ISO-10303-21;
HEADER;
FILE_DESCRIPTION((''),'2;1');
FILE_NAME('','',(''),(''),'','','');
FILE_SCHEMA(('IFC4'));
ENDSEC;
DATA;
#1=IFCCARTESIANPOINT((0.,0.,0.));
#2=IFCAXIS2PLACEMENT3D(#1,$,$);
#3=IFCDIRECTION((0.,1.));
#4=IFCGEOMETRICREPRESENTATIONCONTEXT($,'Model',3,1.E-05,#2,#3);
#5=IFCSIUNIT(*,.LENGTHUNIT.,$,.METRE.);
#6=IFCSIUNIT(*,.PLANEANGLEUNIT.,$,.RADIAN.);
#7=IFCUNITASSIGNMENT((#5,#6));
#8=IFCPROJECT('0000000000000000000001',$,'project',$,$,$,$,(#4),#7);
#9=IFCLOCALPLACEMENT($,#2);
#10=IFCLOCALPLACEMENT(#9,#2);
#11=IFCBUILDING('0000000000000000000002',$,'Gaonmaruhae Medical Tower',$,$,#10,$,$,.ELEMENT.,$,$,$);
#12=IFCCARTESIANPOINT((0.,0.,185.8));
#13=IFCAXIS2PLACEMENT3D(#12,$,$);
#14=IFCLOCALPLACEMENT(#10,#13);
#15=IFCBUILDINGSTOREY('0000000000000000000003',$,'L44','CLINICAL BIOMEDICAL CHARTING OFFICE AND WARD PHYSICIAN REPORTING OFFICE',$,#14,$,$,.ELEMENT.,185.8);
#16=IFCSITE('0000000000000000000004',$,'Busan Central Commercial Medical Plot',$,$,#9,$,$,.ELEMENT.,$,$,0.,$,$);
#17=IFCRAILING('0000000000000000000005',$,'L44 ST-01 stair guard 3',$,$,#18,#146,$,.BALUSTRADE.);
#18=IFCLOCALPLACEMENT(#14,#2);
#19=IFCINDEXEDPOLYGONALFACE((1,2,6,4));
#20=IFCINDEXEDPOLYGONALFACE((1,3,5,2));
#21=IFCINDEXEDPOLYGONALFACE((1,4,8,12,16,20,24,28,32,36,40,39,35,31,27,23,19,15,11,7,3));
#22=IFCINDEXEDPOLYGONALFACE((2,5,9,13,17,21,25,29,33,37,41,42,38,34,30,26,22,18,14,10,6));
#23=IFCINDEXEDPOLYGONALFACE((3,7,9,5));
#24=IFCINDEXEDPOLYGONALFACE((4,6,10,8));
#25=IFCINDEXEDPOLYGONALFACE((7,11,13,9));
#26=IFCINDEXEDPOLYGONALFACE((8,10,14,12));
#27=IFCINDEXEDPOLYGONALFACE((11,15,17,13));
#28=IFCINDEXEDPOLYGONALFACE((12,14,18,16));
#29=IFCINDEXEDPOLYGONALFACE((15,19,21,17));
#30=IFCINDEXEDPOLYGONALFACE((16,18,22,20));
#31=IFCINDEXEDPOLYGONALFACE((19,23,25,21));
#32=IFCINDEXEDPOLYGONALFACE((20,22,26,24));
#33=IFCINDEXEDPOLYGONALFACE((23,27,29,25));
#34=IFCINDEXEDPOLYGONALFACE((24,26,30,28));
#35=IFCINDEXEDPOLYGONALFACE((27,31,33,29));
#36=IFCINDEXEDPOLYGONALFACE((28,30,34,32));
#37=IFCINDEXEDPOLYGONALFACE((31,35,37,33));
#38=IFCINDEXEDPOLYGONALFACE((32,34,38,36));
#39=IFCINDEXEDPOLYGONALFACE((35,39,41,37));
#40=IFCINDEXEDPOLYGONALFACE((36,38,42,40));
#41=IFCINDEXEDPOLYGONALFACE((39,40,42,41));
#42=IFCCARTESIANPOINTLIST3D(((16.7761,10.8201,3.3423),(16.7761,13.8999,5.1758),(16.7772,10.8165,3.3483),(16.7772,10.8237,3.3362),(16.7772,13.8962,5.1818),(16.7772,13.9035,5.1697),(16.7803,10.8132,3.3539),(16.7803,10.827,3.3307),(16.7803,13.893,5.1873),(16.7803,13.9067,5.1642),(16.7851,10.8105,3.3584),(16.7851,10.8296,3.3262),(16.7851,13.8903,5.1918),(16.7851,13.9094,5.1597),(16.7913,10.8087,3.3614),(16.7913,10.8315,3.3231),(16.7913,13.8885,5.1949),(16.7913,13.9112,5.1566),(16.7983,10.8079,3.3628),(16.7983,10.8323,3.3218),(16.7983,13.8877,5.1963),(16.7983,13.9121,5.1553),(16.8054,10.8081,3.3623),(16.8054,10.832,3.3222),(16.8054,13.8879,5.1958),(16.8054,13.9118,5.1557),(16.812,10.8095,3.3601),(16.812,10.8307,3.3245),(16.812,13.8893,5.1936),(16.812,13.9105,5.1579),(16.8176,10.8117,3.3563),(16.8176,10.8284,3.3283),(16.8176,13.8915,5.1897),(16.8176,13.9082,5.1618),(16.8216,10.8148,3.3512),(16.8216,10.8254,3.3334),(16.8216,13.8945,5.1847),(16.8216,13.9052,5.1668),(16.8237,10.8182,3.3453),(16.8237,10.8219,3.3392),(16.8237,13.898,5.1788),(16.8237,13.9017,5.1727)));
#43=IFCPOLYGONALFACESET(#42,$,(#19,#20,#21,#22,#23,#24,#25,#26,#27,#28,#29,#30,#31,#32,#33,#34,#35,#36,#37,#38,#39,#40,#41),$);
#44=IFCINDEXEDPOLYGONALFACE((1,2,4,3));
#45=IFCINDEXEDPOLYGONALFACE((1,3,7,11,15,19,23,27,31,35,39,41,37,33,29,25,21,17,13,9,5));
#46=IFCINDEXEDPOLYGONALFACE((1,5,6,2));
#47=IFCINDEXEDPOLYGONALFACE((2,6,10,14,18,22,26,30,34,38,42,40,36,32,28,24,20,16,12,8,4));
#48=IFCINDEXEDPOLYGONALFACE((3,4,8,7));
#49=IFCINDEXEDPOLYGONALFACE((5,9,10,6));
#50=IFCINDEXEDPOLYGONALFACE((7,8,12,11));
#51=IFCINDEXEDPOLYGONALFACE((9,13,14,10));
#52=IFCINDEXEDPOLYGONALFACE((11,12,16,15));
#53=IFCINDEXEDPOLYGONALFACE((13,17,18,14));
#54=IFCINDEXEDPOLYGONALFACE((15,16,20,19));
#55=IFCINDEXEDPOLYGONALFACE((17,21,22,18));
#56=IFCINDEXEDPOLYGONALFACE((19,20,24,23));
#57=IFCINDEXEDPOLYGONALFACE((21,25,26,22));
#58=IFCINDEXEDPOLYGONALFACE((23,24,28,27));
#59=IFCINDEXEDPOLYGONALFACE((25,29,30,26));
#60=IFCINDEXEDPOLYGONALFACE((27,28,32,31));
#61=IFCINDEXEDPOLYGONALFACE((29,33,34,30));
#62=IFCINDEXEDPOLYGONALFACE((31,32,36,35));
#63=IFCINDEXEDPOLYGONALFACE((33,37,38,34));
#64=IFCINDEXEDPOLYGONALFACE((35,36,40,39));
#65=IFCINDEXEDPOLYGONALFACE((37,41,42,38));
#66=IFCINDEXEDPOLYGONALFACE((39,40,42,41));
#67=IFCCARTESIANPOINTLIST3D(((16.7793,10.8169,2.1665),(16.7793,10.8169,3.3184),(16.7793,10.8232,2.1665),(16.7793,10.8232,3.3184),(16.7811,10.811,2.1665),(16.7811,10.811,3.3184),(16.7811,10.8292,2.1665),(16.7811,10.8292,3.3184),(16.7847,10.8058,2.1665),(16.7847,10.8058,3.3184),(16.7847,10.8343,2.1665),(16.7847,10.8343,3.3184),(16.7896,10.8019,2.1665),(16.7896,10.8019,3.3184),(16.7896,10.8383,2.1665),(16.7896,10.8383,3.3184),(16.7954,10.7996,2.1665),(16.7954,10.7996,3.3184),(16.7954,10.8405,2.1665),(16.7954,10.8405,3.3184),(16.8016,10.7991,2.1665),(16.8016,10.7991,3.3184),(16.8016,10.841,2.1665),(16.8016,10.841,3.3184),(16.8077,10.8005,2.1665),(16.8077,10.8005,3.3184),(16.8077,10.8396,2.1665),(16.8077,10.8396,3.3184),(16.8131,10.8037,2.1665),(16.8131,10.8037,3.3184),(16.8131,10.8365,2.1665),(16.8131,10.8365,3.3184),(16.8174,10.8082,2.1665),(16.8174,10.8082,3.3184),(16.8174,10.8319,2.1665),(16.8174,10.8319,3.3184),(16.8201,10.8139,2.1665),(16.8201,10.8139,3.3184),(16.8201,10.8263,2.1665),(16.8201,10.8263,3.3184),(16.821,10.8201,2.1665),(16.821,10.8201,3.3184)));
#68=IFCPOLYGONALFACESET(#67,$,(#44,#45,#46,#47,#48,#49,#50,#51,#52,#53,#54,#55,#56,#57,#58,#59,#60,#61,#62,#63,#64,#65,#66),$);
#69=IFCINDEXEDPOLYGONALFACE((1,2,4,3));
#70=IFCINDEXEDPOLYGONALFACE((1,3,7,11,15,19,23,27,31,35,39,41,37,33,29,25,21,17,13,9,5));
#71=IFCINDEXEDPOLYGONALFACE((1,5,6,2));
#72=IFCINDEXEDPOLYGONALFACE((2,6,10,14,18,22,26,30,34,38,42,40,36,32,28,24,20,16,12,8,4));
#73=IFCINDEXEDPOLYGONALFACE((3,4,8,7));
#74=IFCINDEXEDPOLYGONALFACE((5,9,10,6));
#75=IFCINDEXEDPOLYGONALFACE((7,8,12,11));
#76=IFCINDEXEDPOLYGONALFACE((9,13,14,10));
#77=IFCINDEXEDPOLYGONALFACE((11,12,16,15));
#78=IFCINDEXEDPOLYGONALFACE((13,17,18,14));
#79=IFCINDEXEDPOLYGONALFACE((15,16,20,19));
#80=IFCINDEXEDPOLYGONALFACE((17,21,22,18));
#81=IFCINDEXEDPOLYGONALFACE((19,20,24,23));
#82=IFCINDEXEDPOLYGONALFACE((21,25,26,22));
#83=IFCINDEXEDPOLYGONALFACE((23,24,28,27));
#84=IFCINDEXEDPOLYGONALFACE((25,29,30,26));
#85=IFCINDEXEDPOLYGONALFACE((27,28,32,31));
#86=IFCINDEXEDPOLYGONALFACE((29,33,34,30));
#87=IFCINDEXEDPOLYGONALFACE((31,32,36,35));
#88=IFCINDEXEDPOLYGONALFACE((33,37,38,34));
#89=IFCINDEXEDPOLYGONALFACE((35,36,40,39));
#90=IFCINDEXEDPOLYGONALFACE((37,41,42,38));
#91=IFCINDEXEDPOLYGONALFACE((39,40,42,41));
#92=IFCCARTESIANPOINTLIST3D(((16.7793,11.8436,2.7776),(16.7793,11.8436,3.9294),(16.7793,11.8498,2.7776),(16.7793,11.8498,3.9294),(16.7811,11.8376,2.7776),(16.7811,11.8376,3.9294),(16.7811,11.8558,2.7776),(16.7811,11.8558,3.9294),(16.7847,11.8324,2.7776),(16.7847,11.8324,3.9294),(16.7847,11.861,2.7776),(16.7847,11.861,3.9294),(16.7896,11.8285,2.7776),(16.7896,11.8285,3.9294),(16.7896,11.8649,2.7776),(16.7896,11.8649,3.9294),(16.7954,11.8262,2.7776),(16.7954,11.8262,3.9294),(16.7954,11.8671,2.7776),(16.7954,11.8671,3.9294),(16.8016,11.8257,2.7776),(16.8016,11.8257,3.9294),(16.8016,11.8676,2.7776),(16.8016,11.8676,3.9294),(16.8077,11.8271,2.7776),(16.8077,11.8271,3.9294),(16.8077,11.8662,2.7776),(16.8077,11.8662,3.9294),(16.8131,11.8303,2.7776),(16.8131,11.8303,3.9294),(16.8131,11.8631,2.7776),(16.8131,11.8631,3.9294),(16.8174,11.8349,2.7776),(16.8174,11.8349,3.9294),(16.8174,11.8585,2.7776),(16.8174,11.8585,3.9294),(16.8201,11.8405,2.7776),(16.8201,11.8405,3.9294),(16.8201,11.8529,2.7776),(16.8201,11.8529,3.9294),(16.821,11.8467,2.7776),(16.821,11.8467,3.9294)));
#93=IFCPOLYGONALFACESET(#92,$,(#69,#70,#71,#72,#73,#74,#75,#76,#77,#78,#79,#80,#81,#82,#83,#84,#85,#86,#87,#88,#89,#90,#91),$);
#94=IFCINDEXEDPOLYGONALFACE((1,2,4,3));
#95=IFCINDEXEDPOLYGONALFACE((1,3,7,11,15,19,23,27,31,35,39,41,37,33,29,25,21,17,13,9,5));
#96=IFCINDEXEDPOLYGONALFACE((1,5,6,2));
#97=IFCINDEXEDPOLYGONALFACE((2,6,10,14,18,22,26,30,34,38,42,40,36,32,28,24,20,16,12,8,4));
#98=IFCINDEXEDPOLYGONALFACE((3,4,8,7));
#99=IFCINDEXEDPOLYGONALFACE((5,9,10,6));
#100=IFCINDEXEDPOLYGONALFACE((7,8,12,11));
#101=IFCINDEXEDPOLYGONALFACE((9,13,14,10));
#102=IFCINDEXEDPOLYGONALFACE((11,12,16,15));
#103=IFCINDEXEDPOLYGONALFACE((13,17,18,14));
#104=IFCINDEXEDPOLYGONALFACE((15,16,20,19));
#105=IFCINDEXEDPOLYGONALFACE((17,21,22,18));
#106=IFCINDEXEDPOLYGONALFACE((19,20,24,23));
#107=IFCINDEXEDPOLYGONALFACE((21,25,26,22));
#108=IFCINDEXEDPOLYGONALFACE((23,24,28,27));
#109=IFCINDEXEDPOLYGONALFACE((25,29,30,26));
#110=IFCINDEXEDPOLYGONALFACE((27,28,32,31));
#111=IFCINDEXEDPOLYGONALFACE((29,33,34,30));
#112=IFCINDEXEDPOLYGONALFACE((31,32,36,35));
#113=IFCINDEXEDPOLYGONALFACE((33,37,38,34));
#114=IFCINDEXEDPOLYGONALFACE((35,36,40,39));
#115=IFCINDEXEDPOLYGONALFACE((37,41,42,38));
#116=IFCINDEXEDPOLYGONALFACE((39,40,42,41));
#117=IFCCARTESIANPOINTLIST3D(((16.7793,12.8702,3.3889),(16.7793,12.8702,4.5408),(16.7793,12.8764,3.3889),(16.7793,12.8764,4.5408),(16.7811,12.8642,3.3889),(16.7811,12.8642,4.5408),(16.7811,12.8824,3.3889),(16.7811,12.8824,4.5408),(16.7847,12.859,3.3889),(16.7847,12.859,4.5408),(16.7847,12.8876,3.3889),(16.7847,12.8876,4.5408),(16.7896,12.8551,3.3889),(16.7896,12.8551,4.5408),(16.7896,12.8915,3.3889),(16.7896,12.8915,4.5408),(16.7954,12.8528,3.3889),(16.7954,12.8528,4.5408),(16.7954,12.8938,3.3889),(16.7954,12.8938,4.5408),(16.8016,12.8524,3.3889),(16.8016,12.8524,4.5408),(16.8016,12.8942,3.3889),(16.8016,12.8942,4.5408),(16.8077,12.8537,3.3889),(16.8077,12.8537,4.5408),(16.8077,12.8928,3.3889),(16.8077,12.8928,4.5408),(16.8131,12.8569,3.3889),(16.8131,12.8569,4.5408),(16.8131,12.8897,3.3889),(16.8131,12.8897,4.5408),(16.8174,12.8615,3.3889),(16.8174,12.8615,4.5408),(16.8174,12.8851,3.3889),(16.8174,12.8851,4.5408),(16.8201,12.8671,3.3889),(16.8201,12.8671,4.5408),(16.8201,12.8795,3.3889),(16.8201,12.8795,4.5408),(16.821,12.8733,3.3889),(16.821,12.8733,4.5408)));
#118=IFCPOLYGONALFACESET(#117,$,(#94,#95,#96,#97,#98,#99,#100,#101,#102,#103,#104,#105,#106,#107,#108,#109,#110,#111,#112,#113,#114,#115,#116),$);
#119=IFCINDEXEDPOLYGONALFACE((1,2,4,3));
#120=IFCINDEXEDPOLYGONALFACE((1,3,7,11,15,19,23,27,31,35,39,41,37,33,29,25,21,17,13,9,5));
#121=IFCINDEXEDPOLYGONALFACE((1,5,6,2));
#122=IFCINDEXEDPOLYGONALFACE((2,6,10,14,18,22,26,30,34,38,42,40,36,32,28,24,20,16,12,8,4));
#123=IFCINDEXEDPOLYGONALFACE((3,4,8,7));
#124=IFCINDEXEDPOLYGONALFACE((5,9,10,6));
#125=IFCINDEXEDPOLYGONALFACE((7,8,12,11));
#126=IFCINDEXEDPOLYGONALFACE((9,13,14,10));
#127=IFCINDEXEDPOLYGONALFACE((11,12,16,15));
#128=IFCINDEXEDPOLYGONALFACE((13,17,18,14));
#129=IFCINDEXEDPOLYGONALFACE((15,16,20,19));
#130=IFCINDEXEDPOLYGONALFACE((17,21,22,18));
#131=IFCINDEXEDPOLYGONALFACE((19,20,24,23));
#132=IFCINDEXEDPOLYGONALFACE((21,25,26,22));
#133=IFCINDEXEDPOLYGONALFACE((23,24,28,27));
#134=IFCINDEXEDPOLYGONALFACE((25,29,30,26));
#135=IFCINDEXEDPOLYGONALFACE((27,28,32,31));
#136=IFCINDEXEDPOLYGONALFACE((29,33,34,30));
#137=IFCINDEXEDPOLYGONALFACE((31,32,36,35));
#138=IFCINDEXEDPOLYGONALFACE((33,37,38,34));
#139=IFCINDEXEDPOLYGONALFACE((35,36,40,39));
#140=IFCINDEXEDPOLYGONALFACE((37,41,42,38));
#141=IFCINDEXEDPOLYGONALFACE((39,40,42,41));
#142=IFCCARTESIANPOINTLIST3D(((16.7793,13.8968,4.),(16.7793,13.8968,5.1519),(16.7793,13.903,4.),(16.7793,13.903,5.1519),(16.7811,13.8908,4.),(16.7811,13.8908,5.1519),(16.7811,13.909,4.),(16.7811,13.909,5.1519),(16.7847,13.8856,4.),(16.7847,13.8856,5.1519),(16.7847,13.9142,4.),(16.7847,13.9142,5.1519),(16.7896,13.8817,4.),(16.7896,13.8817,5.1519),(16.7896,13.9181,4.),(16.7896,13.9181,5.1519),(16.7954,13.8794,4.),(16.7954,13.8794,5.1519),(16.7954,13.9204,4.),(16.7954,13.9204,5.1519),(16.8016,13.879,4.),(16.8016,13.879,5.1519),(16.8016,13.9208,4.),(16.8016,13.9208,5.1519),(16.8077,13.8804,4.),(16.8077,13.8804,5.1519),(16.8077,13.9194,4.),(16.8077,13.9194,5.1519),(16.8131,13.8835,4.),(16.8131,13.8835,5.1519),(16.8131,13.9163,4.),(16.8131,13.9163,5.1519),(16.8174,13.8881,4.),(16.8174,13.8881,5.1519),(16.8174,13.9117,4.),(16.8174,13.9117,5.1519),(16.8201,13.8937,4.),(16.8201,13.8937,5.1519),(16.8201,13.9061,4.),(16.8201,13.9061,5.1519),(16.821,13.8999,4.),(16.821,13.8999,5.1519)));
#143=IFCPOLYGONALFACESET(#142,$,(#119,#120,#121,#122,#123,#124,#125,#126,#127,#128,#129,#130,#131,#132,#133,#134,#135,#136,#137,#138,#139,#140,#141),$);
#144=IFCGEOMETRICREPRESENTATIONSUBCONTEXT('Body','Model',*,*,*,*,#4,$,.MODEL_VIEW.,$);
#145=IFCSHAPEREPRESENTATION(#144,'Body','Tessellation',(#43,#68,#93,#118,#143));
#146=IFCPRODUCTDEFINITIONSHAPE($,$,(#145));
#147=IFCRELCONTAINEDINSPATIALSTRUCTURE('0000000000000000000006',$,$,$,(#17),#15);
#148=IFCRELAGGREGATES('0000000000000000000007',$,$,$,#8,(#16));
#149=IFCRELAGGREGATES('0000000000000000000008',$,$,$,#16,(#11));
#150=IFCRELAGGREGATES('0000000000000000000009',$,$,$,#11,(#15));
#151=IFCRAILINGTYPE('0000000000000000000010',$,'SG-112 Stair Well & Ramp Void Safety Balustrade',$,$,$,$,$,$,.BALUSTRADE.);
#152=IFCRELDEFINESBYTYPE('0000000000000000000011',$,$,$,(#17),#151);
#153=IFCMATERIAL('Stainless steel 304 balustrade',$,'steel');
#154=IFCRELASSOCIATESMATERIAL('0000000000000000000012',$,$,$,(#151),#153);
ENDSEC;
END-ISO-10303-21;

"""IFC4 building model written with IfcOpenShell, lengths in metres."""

from ifc_helpers import new_model, si_unit, direction, frame, origin, origin_2d, place, context, subcontext, project, spatial, circle, extrude, material, type_object, element, save


model = new_model("IFC4")

# Units and contexts
model_context = context("Model", 3, precision=1e-05, world=origin(), true_north=direction((0.0, 1.0)))
body_context = subcontext(model_context, "Body", "Model", "MODEL_VIEW")
ifc_project = project(units=[si_unit("LENGTHUNIT", "METRE"), si_unit("PLANEANGLEUNIT", "RADIAN")], contexts=[model_context])

# Site, building, storey
site_placement = place(None, origin())
site = spatial("IfcSite", under=ifc_project, at=site_placement, Name="Busan Central Commercial Medical Plot", CompositionType="ELEMENT", RefElevation=0.0)
building_placement = place(site_placement, origin())
building = spatial("IfcBuilding", under=site, at=building_placement, Name="Gaonmaruhae Medical Tower", CompositionType="ELEMENT")
storey_placement = place(building_placement, frame((0.0, 0.0, 185.8)))
storey = spatial("IfcBuildingStorey", under=building, at=storey_placement, Name="L44", Description="CLINICAL BIOMEDICAL CHARTING OFFICE AND WARD PHYSICIAN REPORTING OFFICE", CompositionType="ELEMENT", Elevation=185.8)

# Railing
ifc_material_1 = material(Name="Stainless steel 304 balustrade", Category="steel")
railing_type_1 = type_object("IfcRailingType", Name="SG-112 Stair Well & Ramp Void Safety Balustrade", PredefinedType="BALUSTRADE", material=ifc_material_1)
railing_1_placement = place(storey_placement, frame((16.8, 10.8201, 2.1665)))
element("IfcRailing", 1, at=railing_1_placement, inside=storey, type_object=railing_type_1, Name="L44 ST-01 stair guard 3", PredefinedType="BALUSTRADE", context=body_context, shape_type="SweptSolid", body=[
    extrude(circle(Radius=0.0239, at=origin_2d()), frame((0.0, 0.0, 1.1758), z_axis=(0.0, 0.859261, 0.511538), x_axis=(-1.0, 0.0, 0.0)), (0.0, 0.0, 1.0), 3.5842),
    extrude(circle(Radius=0.021, at=origin_2d()), origin(), (0.0, 0.0, 1.0), 1.1519),
    extrude(circle(Radius=0.021, at=origin_2d()), frame((0.0, 1.0266, 0.6111)), (0.0, 0.0, 1.0), 1.1519),
    extrude(circle(Radius=0.021, at=origin_2d()), frame((0.0, 2.0532, 1.2224)), (0.0, 0.0, 1.0), 1.1519),
    extrude(circle(Radius=0.021, at=origin_2d()), frame((0.0, 3.0798, 1.8335)), (0.0, 0.0, 1.0), 1.1519),
])

save(model, "model.ifc")
